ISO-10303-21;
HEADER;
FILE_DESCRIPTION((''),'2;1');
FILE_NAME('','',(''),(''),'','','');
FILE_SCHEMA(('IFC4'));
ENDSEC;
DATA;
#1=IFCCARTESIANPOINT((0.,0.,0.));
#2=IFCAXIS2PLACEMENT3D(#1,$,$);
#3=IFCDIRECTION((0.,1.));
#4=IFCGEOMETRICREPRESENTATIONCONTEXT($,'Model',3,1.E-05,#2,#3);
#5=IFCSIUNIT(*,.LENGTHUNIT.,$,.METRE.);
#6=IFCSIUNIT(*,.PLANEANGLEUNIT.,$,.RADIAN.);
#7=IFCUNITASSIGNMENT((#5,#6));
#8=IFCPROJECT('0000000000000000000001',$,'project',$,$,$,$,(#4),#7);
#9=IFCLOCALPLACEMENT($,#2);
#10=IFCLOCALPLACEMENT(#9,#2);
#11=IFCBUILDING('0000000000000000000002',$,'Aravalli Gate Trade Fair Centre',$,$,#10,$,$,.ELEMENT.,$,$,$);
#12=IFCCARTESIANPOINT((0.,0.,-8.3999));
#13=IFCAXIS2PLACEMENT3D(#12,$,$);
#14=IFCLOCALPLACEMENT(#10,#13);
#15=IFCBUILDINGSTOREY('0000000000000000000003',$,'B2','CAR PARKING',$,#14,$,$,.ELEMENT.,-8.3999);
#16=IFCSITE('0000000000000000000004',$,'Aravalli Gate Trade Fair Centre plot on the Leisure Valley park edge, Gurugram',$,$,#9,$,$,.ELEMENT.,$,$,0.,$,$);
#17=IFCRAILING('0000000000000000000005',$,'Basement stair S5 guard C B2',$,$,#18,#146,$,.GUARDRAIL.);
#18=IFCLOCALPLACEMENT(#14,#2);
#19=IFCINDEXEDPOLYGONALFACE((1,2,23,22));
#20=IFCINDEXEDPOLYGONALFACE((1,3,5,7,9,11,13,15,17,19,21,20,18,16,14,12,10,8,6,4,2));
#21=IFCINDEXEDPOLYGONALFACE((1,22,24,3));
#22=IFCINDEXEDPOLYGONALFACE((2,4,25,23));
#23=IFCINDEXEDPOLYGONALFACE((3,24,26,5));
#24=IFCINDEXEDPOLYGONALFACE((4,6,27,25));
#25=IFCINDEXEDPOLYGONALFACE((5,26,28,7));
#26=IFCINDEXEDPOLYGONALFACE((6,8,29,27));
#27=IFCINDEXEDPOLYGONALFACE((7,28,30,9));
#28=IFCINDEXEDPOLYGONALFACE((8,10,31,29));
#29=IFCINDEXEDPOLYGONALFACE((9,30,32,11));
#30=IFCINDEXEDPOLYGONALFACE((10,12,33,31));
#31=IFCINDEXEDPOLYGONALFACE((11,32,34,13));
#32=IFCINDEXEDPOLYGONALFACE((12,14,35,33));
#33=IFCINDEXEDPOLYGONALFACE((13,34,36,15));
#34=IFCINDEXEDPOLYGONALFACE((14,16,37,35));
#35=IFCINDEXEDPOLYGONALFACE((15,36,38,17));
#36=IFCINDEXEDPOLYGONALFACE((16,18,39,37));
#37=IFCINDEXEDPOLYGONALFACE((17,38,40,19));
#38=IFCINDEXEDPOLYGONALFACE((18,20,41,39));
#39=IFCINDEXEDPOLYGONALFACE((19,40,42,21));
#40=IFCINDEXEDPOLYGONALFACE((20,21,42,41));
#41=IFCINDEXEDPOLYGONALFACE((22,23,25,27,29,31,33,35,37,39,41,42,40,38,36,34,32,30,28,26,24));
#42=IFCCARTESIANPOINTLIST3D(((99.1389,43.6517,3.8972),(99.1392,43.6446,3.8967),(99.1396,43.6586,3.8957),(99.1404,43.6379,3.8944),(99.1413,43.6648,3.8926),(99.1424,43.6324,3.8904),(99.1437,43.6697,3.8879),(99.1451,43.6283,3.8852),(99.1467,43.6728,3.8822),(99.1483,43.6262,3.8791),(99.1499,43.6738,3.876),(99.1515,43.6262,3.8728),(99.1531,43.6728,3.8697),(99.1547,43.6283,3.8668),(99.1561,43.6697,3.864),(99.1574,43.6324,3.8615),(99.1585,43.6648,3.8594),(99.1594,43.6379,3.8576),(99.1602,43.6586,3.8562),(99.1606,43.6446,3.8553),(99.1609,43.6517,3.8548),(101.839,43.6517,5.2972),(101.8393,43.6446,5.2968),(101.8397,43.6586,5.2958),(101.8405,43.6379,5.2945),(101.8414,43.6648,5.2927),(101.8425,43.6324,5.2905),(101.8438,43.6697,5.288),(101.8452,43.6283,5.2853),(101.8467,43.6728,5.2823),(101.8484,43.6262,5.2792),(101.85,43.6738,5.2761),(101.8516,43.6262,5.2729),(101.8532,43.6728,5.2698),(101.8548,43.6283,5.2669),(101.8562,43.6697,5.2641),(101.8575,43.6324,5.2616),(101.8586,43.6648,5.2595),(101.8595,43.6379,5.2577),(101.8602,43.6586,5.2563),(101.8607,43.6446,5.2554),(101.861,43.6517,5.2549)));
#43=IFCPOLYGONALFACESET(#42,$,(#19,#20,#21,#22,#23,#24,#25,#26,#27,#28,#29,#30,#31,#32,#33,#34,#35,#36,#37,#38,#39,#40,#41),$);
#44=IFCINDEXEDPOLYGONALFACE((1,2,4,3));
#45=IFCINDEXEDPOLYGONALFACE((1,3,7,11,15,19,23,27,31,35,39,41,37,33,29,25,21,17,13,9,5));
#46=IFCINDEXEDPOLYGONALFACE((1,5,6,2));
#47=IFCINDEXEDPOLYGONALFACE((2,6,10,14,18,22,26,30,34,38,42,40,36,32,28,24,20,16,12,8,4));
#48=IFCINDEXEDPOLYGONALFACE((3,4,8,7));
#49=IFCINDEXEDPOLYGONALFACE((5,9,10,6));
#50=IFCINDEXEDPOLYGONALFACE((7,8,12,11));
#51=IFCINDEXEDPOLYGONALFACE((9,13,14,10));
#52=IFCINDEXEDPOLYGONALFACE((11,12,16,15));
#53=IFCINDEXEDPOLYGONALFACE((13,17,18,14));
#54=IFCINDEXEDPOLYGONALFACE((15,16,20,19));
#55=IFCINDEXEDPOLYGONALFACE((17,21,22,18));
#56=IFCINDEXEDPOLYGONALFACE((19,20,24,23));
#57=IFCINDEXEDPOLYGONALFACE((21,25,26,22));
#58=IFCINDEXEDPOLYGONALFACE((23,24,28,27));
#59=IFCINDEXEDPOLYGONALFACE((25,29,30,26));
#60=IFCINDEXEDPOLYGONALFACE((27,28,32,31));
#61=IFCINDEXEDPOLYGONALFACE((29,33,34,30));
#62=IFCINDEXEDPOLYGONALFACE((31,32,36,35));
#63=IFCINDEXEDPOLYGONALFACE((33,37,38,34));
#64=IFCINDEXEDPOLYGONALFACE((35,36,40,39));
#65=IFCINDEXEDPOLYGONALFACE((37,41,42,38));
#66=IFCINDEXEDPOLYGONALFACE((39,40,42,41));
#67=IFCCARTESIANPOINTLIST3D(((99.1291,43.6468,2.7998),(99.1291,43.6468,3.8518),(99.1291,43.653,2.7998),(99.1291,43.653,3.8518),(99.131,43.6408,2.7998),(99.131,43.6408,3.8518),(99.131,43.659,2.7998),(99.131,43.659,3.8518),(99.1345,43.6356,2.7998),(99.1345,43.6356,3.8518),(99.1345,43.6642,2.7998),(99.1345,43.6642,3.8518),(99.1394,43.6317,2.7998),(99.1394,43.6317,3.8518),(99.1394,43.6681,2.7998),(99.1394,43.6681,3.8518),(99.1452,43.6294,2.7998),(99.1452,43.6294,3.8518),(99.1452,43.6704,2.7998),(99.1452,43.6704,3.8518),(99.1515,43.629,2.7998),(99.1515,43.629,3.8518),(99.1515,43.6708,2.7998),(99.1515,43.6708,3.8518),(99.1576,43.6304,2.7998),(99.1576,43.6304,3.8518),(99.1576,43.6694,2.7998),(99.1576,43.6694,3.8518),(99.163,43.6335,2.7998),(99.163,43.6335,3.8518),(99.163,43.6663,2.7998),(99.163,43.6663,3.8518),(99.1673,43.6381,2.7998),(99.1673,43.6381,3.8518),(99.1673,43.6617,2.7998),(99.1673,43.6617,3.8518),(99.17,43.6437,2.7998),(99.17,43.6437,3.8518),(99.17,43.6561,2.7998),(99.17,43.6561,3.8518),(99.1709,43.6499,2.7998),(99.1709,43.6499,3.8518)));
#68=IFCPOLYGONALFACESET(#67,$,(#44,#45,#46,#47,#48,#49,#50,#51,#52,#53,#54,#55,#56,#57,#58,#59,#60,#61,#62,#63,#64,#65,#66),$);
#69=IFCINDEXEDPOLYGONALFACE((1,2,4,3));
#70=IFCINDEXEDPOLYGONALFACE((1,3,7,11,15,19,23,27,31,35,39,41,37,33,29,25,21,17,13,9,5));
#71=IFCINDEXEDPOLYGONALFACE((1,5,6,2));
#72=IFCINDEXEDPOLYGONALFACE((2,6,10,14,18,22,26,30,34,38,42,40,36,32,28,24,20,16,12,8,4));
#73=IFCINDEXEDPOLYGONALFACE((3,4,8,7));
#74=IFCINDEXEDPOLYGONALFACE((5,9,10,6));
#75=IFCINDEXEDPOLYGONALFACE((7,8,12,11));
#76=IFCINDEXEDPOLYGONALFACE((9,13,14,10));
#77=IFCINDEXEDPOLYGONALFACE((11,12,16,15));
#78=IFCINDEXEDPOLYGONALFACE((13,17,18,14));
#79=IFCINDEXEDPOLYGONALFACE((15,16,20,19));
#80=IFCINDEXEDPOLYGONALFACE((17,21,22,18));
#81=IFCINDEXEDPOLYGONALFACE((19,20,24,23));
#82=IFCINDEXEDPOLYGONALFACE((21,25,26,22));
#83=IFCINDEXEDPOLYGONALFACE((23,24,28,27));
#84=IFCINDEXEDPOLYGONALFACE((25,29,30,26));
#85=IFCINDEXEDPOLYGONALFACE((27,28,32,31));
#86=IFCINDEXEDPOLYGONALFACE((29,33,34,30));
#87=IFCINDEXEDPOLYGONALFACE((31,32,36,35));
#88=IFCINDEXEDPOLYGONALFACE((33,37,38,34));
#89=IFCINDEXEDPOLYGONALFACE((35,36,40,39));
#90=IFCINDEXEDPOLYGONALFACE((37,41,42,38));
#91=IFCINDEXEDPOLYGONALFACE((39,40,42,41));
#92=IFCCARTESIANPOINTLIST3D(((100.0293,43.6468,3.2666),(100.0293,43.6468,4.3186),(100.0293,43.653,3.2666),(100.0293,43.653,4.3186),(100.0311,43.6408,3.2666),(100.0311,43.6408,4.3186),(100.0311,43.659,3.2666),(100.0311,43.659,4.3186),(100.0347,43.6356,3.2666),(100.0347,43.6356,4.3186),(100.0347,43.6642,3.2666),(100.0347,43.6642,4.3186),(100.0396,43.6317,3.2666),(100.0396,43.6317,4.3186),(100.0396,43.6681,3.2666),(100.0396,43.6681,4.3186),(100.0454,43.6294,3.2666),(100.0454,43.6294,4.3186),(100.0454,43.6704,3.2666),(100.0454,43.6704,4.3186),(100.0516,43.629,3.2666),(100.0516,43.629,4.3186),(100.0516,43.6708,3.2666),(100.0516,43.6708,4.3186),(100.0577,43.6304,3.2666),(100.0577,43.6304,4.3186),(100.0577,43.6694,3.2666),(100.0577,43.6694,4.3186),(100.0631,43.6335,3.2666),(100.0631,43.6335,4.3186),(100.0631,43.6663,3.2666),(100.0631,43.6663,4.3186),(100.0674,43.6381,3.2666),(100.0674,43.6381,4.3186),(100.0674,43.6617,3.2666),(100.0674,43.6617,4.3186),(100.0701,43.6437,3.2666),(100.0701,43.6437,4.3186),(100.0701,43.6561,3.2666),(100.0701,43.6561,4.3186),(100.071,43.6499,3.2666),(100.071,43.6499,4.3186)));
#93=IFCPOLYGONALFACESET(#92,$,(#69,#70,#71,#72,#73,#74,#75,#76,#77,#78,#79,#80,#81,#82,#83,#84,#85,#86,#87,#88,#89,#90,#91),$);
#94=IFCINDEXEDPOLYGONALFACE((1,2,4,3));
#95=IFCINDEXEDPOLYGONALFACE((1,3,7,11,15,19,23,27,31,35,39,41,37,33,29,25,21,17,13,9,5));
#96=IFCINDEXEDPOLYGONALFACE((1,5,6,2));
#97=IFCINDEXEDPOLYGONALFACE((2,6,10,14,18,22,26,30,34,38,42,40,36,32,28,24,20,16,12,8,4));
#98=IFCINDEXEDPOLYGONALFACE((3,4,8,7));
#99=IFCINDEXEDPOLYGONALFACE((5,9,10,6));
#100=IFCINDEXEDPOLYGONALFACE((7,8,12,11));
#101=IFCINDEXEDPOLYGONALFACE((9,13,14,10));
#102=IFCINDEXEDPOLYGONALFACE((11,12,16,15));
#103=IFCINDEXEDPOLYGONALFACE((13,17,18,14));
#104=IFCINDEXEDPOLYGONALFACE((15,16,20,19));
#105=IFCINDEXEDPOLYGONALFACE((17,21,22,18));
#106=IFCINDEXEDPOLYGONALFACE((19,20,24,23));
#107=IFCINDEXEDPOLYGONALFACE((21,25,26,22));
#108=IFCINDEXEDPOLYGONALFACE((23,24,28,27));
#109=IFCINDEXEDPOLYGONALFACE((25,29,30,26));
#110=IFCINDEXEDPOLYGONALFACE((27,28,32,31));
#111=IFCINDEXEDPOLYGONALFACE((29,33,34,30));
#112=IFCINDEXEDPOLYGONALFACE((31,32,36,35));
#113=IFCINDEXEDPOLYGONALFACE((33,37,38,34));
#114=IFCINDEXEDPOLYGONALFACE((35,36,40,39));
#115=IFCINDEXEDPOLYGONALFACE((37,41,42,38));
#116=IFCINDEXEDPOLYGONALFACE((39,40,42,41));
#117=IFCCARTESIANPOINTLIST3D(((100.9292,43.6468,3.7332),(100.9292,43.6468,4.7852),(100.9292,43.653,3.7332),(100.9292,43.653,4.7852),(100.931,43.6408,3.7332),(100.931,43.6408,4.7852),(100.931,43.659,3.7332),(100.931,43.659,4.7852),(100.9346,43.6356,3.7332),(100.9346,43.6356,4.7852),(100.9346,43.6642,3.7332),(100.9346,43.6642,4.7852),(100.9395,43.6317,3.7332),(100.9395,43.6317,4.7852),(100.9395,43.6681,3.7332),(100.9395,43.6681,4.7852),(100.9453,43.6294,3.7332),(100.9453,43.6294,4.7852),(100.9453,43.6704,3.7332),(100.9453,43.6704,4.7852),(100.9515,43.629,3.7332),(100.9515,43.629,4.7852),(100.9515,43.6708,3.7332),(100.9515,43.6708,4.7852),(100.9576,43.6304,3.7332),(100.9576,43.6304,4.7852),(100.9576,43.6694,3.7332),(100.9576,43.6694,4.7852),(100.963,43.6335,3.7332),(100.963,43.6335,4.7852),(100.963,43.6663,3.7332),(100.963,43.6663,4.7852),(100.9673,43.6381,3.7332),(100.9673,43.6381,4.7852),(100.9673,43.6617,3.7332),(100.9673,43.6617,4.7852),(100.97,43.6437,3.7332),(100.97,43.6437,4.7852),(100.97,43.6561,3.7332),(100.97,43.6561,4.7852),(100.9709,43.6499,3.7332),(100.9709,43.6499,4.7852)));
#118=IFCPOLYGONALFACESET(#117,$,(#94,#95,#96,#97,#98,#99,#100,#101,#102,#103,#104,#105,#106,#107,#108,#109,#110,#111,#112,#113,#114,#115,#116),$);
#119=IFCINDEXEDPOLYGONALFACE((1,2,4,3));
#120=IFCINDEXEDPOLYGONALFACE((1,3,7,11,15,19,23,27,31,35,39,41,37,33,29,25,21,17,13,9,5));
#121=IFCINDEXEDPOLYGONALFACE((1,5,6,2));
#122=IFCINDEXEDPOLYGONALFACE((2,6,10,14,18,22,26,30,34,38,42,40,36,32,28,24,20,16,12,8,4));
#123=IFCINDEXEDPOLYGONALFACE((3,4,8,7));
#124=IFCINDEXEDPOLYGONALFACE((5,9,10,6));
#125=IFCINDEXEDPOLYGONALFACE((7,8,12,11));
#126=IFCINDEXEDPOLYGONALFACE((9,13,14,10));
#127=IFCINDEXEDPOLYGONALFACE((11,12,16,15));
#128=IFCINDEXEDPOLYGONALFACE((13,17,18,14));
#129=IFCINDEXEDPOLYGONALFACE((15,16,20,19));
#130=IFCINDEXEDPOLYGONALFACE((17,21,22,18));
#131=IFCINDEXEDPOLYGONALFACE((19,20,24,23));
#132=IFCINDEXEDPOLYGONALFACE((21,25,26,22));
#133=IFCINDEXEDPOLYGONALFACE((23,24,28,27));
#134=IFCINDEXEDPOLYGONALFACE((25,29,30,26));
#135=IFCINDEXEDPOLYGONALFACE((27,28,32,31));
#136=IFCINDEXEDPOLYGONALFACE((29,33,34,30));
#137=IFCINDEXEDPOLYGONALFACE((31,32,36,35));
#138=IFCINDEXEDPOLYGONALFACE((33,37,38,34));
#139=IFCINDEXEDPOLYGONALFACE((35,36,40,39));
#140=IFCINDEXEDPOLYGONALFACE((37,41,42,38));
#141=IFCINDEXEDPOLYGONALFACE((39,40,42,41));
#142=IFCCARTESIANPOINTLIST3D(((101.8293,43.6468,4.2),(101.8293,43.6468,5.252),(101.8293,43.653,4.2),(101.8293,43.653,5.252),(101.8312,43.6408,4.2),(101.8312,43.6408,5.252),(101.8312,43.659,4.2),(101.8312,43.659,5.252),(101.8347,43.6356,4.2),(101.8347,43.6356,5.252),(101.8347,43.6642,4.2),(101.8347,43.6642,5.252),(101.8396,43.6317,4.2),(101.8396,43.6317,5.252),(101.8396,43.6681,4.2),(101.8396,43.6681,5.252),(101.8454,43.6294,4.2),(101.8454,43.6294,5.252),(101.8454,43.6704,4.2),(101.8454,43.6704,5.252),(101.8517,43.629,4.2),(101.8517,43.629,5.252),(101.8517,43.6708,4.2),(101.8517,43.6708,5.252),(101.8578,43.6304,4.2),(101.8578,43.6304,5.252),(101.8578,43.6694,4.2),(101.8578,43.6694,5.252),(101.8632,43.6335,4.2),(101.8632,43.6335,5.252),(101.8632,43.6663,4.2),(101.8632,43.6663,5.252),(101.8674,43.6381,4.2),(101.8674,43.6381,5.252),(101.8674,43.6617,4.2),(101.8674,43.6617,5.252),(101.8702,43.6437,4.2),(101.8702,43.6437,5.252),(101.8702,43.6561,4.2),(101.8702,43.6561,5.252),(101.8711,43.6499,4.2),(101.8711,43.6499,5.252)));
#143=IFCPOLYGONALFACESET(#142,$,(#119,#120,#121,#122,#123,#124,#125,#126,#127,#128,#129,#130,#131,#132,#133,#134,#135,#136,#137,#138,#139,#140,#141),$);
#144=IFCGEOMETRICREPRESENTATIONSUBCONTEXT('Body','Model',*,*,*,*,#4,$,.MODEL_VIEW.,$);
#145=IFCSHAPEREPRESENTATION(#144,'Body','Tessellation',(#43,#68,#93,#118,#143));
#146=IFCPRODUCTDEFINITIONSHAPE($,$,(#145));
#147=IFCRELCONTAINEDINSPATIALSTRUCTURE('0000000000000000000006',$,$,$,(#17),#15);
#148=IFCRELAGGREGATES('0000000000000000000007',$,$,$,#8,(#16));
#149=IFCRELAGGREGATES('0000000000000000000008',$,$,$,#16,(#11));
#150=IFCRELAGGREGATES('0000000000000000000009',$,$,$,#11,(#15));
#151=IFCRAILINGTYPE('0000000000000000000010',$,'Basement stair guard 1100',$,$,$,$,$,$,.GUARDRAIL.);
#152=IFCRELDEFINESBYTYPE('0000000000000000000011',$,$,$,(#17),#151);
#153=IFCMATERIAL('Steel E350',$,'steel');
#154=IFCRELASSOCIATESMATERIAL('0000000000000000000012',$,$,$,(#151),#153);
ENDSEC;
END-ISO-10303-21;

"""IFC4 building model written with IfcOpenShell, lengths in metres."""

from ifc_helpers import new_model, si_unit, direction, frame, origin, origin_2d, place, context, subcontext, project, spatial, circle, extrude, material, type_object, element, save


model = new_model("IFC4")

# Units and contexts
model_context = context("Model", 3, precision=1e-05, world=origin(), true_north=direction((0.0, 1.0)))
body_context = subcontext(model_context, "Body", "Model", "MODEL_VIEW")
ifc_project = project(units=[si_unit("LENGTHUNIT", "METRE"), si_unit("PLANEANGLEUNIT", "RADIAN")], contexts=[model_context])

# Site, building, storey
site_placement = place(None, origin())
site = spatial("IfcSite", under=ifc_project, at=site_placement, Name="Aravalli Gate Trade Fair Centre plot on the Leisure Valley park edge, Gurugram", CompositionType="ELEMENT", RefElevation=0.0)
building_placement = place(site_placement, origin())
building = spatial("IfcBuilding", under=site, at=building_placement, Name="Aravalli Gate Trade Fair Centre", CompositionType="ELEMENT")
storey_placement = place(building_placement, frame((0.0, 0.0, -8.3999)))
storey = spatial("IfcBuildingStorey", under=building, at=storey_placement, Name="B2", Description="CAR PARKING", CompositionType="ELEMENT", Elevation=-8.3999)

# Railing
ifc_material_1 = material(Name="Steel E350", Category="steel")
railing_type_1 = type_object("IfcRailingType", Name="Basement stair guard 1100", PredefinedType="GUARDRAIL", material=ifc_material_1)
railing_1_placement = place(storey_placement, frame((99.1499, 43.6499, 2.7998)))
element("IfcRailing", 1, at=railing_1_placement, inside=storey, type_object=railing_type_1, Name="Basement stair S5 guard C B2", PredefinedType="GUARDRAIL", context=body_context, shape_type="SweptSolid", body=[
    extrude(circle(Radius=0.0239, at=origin_2d()), frame((0.0, 0.0, 1.0762), z_axis=(0.887748, 0.0, 0.460329), x_axis=(0.0, 1.0, 0.0)), (0.0, 0.0, 1.0), 3.0415),
    extrude(circle(Radius=0.021, at=origin_2d()), origin(), (0.0, 0.0, 1.0), 1.052),
    extrude(circle(Radius=0.021, at=origin_2d()), frame((0.9001, 0.0, 0.4668)), (0.0, 0.0, 1.0), 1.052),
    extrude(circle(Radius=0.021, at=origin_2d()), frame((1.8, 0.0, 0.9333)), (0.0, 0.0, 1.0), 1.052),
    extrude(circle(Radius=0.021, at=origin_2d()), frame((2.7002, 0.0, 1.4001)), (0.0, 0.0, 1.0), 1.052),
])

save(model, "model.ifc")
